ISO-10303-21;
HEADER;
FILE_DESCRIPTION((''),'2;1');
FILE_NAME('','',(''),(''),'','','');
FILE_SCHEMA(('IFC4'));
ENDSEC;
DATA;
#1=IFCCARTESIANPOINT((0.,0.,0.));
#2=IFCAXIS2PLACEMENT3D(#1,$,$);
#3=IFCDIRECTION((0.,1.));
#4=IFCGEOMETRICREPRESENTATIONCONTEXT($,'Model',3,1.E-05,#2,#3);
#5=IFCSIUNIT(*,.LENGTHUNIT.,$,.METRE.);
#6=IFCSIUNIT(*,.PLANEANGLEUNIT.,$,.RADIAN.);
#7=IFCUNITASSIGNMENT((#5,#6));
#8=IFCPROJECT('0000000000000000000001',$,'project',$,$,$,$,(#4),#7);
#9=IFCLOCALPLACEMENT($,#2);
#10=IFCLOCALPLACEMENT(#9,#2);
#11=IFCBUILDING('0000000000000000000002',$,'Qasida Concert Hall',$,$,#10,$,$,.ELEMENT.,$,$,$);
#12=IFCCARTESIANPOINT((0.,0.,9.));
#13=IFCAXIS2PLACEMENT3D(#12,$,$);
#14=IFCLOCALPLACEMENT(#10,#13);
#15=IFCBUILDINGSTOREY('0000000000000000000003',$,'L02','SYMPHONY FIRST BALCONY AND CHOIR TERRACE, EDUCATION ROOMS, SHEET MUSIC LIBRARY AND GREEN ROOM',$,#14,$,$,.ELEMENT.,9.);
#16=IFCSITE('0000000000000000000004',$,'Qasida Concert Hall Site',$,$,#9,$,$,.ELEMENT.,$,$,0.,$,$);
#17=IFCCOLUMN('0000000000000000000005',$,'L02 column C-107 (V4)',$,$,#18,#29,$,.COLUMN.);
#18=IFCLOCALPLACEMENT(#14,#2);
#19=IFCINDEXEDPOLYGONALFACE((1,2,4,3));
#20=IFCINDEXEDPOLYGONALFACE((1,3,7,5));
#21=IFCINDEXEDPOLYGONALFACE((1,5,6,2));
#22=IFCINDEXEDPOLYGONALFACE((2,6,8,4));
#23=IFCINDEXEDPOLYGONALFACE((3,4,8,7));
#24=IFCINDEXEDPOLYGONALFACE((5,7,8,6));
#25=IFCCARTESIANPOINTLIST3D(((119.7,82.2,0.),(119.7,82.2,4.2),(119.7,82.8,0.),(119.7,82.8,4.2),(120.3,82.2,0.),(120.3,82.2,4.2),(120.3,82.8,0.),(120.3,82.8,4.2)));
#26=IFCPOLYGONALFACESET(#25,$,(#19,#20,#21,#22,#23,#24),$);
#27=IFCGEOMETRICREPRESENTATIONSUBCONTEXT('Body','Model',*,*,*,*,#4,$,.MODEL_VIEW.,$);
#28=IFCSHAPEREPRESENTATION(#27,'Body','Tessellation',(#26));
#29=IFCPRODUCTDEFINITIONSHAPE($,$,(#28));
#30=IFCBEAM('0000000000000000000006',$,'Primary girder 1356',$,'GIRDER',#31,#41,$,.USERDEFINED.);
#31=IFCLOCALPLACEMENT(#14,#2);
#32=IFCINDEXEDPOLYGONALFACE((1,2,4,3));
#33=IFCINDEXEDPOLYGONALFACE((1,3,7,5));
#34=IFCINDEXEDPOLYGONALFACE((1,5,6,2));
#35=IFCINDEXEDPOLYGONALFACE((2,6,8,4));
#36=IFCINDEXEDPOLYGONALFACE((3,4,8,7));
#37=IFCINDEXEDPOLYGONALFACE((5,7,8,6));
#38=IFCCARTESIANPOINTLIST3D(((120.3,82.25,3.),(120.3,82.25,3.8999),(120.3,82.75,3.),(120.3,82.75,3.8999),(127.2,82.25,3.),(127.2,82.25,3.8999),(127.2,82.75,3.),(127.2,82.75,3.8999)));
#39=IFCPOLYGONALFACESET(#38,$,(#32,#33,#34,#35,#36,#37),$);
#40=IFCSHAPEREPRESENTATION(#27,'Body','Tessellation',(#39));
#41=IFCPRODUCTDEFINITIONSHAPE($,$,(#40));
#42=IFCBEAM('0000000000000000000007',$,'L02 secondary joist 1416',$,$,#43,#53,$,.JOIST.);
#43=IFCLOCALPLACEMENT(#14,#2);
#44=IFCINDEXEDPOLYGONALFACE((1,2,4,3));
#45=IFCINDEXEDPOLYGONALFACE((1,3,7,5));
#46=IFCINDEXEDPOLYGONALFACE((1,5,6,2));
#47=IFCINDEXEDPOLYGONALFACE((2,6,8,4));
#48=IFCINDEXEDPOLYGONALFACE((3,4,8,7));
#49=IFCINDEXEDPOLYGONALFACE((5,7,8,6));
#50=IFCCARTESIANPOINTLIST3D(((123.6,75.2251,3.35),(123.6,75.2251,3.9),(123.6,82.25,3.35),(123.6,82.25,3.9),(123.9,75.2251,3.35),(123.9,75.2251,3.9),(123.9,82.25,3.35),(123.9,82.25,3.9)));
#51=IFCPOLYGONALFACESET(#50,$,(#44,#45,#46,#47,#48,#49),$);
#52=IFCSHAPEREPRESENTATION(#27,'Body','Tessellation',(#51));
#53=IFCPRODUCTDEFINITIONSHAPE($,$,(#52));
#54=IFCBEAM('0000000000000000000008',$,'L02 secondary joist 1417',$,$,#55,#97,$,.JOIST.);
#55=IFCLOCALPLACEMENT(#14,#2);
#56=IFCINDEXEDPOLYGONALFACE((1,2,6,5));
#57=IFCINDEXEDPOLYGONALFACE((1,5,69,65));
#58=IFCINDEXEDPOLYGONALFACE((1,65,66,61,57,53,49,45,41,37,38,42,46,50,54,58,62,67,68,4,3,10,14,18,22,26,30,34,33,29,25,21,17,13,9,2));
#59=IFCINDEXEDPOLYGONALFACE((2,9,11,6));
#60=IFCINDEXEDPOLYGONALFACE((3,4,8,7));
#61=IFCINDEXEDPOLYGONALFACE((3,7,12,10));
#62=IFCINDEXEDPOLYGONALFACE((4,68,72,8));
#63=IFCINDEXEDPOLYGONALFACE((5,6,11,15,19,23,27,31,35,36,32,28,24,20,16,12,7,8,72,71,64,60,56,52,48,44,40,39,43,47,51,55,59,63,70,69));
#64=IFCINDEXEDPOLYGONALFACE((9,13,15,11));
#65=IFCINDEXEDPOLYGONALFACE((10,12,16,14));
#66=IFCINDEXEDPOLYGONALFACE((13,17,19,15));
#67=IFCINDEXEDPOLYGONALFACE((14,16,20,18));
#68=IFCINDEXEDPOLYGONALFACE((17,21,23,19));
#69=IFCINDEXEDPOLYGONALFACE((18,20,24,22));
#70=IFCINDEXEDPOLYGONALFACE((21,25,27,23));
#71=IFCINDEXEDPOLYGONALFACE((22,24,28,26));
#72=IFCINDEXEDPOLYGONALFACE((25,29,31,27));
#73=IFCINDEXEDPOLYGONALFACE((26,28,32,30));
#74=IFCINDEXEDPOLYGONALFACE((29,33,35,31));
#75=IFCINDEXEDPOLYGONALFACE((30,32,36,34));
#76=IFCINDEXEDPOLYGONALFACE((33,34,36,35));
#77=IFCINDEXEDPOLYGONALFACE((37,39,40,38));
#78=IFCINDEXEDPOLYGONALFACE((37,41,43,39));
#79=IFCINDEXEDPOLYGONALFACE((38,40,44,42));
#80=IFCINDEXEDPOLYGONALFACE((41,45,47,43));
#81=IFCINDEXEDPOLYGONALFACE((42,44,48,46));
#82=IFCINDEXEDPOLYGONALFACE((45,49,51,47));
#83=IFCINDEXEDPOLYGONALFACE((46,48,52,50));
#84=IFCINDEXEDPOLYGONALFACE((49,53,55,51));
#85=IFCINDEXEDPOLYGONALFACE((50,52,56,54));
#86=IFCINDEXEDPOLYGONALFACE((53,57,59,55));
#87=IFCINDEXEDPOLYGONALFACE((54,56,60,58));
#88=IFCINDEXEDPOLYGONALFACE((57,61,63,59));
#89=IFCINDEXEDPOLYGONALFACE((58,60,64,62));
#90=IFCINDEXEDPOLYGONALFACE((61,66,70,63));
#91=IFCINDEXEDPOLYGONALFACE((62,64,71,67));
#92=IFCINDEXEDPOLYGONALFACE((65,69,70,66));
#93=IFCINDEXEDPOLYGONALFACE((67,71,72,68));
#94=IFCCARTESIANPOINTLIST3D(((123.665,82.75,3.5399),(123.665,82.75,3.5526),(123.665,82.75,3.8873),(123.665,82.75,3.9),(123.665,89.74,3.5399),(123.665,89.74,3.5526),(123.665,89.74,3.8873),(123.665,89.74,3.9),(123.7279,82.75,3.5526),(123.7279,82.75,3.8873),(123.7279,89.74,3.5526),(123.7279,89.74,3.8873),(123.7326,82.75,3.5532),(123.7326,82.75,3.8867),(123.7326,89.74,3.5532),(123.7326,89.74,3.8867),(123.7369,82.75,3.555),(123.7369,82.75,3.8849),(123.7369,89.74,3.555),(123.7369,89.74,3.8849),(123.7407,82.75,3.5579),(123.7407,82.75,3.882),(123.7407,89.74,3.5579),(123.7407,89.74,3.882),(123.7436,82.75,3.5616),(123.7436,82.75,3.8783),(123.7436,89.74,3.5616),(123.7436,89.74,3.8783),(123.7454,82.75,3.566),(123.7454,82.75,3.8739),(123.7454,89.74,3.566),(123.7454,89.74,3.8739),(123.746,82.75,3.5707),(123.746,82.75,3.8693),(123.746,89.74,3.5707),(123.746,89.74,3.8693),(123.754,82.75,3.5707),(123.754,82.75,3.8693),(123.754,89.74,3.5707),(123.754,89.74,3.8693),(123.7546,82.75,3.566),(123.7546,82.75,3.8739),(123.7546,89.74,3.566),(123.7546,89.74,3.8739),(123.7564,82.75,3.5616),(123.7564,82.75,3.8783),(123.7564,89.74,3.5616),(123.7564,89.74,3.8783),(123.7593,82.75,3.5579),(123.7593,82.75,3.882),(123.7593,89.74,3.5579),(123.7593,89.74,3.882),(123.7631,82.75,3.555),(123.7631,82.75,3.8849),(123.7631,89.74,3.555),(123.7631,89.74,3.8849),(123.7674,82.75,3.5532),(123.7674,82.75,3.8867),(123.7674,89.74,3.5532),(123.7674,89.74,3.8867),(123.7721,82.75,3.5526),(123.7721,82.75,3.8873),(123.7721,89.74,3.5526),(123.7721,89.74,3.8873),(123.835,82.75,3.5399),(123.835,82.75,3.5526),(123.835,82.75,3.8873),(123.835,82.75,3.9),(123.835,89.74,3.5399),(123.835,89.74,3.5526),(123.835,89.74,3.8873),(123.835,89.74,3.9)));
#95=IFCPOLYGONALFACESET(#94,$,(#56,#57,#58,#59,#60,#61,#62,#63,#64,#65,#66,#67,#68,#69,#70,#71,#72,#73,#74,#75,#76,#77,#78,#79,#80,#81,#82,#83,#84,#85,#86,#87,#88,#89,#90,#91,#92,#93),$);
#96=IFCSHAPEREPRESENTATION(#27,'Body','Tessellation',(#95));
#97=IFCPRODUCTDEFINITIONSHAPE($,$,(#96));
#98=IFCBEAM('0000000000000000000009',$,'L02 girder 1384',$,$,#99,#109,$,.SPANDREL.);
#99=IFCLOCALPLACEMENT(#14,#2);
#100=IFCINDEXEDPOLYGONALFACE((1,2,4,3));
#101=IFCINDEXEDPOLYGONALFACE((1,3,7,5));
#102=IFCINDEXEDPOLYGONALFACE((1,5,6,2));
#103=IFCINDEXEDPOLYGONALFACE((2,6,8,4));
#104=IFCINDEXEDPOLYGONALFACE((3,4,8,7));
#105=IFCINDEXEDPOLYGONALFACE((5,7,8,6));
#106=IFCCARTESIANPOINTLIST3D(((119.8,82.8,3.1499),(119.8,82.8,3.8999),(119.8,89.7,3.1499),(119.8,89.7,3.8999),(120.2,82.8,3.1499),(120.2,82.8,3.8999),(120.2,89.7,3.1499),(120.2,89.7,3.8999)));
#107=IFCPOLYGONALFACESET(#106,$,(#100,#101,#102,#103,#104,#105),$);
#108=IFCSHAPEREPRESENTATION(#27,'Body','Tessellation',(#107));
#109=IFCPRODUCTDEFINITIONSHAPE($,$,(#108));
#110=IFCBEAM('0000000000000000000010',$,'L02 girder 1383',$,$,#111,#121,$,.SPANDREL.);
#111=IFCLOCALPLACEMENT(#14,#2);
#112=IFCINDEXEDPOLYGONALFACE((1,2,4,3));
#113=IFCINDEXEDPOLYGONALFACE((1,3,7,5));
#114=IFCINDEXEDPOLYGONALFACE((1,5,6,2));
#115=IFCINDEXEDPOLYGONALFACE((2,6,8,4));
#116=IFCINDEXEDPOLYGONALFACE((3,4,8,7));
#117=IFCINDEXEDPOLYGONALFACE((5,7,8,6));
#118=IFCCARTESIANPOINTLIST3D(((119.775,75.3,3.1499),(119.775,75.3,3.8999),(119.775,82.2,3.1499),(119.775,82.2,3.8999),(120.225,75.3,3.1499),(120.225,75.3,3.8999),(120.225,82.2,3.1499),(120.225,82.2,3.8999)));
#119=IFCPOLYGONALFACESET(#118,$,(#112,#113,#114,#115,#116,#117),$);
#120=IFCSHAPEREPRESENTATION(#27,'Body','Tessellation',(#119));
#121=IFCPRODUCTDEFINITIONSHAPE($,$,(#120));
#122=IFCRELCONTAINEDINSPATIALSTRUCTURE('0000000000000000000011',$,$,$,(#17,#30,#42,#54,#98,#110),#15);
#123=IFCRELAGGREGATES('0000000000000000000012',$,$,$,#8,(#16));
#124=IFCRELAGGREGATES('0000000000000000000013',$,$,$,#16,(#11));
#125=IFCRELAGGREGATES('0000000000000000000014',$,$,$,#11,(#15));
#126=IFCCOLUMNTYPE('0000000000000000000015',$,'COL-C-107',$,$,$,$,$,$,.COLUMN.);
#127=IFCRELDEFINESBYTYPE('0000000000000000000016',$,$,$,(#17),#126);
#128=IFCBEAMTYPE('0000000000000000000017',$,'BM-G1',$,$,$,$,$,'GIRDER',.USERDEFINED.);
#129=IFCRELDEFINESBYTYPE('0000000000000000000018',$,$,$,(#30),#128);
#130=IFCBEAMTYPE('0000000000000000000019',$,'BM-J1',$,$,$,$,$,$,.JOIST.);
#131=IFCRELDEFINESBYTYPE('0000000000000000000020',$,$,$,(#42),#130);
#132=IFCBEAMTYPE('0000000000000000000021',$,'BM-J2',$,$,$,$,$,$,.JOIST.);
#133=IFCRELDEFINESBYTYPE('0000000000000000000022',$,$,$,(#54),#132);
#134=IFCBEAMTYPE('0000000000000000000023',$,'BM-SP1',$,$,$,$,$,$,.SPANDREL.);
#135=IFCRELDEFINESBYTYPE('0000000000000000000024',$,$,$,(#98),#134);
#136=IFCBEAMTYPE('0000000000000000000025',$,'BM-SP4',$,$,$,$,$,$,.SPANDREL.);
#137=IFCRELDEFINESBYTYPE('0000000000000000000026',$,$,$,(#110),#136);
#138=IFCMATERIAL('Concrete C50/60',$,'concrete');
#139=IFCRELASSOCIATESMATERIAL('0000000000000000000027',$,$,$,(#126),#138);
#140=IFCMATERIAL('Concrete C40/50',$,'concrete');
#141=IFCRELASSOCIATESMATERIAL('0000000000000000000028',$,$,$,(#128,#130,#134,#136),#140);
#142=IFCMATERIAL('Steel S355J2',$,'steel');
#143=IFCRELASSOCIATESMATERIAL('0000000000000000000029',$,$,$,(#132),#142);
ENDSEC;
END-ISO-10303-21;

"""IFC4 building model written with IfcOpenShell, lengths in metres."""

from ifc_helpers import new_model, si_unit, direction, frame, origin, origin_2d, place, context, subcontext, project, spatial, rectangle, i_section, extrude, material, material_profile, profile_set, type_object, element, save


model = new_model("IFC4")

# Units and contexts
model_context = context("Model", 3, precision=1e-05, world=origin(), true_north=direction((0.0, 1.0)))
body_context = subcontext(model_context, "Body", "Model", "MODEL_VIEW")
ifc_project = project(units=[si_unit("LENGTHUNIT", "METRE"), si_unit("PLANEANGLEUNIT", "RADIAN")], contexts=[model_context])

# Site, building, storey
site_placement = place(None, origin())
site = spatial("IfcSite", under=ifc_project, at=site_placement, Name="Qasida Concert Hall Site", CompositionType="ELEMENT", RefElevation=0.0)
building_placement = place(site_placement, origin())
building = spatial("IfcBuilding", under=site, at=building_placement, Name="Qasida Concert Hall", CompositionType="ELEMENT")
storey_placement = place(building_placement, frame((0.0, 0.0, 9.0)))
storey = spatial("IfcBuildingStorey", under=building, at=storey_placement, Name="L02", Description="SYMPHONY FIRST BALCONY AND CHOIR TERRACE, EDUCATION ROOMS, SHEET MUSIC LIBRARY AND GREEN ROOM", CompositionType="ELEMENT", Elevation=9.0)

# Column
ifc_material_1 = material(Name="Concrete C50/60", Category="concrete")
ifc_material_profile_1 = material_profile(ifc_material_1, rectangle(XDim=0.6001, YDim=0.6001, at=origin_2d()), Name="RC 600x600")
ifc_profile_set_1 = profile_set([ifc_material_profile_1], Name="Concrete C50/60")
column_type = type_object("IfcColumnType", Name="COL-C-107", PredefinedType="COLUMN", material=ifc_profile_set_1)
column_placement = place(storey_placement, frame((120.0, 82.5, 0.0), z_axis=(0.0, 0.0, 1.0), x_axis=(1.0, 0.0, 0.0)))
element("IfcColumn", 1, at=column_placement, inside=storey, type_object=column_type, Name="L02 column C-107 (V4)", PredefinedType="COLUMN", context=body_context, shape_type="SweptSolid", body=[
    extrude(rectangle(XDim=0.6001, YDim=0.6001, at=origin_2d()), origin(), (0.0, 0.0, 1.0), 4.2),
])

# Beams
ifc_material_2 = material(Name="Concrete C40/50", Category="concrete")
ifc_material_profile_2 = material_profile(ifc_material_2, rectangle(XDim=0.5, YDim=0.8999, at=origin_2d()), Name="RC 500x900")
ifc_profile_set_2 = profile_set([ifc_material_profile_2], Name="Concrete C40/50")
beam_type_1 = type_object("IfcBeamType", Name="BM-G1", ElementType="GIRDER", PredefinedType="USERDEFINED", material=ifc_profile_set_2)
beam_1_placement = place(storey_placement, frame((120.3, 82.5, 3.45), z_axis=(1.0, 0.0, 0.0), x_axis=(0.0, 1.0, 0.0)))
element("IfcBeam", 2, at=beam_1_placement, inside=storey, type_object=beam_type_1, Name="Primary girder 1356", ObjectType="GIRDER", PredefinedType="USERDEFINED", context=body_context, shape_type="SweptSolid", body=[
    extrude(rectangle(XDim=0.5, YDim=0.8999, at=origin_2d()), origin(), (0.0, 0.0, 1.0), 6.8999),
])
ifc_material_profile_3 = material_profile(ifc_material_2, rectangle(XDim=0.3, YDim=0.55, at=origin_2d()), Name="RC 300x550")
ifc_profile_set_3 = profile_set([ifc_material_profile_3], Name="Concrete C40/50")
beam_type_2 = type_object("IfcBeamType", Name="BM-J1", PredefinedType="JOIST", material=ifc_profile_set_3)
beam_2_placement = place(storey_placement, frame((123.75, 75.2251, 3.625), z_axis=(0.0, 1.0, 0.0), x_axis=(-1.0, 0.0, 0.0)))
element("IfcBeam", 3, at=beam_2_placement, inside=storey, type_object=beam_type_2, Name="L02 secondary joist 1416", PredefinedType="JOIST", context=body_context, shape_type="SweptSolid", body=[
    extrude(rectangle(XDim=0.3, YDim=0.55, at=origin_2d()), origin(), (0.0, 0.0, 1.0), 7.0249),
])
ifc_material_3 = material(Name="Steel S355J2", Category="steel")
ifc_material_profile_4 = material_profile(ifc_material_3, i_section(OverallWidth=0.1699, OverallDepth=0.3601, WebThickness=0.0081, FlangeThickness=0.0127, FilletRadius=0.0181, at=origin_2d()), Name="IPE 360")
ifc_profile_set_4 = profile_set([ifc_material_profile_4], Name="Steel S355J2")
beam_type_3 = type_object("IfcBeamType", Name="BM-J2", PredefinedType="JOIST", material=ifc_profile_set_4)
beam_3_placement = place(storey_placement, frame((123.75, 82.75, 3.72), z_axis=(0.0, 1.0, 0.0), x_axis=(-1.0, 0.0, 0.0)))
element("IfcBeam", 4, at=beam_3_placement, inside=storey, type_object=beam_type_3, Name="L02 secondary joist 1417", PredefinedType="JOIST", context=body_context, shape_type="SweptSolid", body=[
    extrude(i_section(OverallWidth=0.1699, OverallDepth=0.3601, WebThickness=0.0081, FlangeThickness=0.0127, FilletRadius=0.0181, at=origin_2d()), origin(), (0.0, 0.0, 1.0), 6.99),
])
ifc_material_profile_5 = material_profile(ifc_material_2, rectangle(XDim=0.3999, YDim=0.75, at=origin_2d()), Name="RC 400x750")
ifc_profile_set_5 = profile_set([ifc_material_profile_5], Name="Concrete C40/50")
beam_type_4 = type_object("IfcBeamType", Name="BM-SP1", PredefinedType="SPANDREL", material=ifc_profile_set_5)
beam_4_placement = place(storey_placement, frame((120.0, 82.8, 3.5249), z_axis=(0.0, 1.0, 0.0), x_axis=(-1.0, 0.0, 0.0)))
element("IfcBeam", 5, at=beam_4_placement, inside=storey, type_object=beam_type_4, Name="L02 girder 1384", PredefinedType="SPANDREL", context=body_context, shape_type="SweptSolid", body=[
    extrude(rectangle(XDim=0.3999, YDim=0.75, at=origin_2d()), origin(), (0.0, 0.0, 1.0), 6.8999),
])
ifc_material_profile_6 = material_profile(ifc_material_2, rectangle(XDim=0.45, YDim=0.75, at=origin_2d()), Name="RC 450x750")
ifc_profile_set_6 = profile_set([ifc_material_profile_6], Name="Concrete C40/50")
beam_type_5 = type_object("IfcBeamType", Name="BM-SP4", PredefinedType="SPANDREL", material=ifc_profile_set_6)
beam_5_placement = place(storey_placement, frame((120.0, 75.3, 3.5249), z_axis=(0.0, 1.0, 0.0), x_axis=(-1.0, 0.0, 0.0)))
element("IfcBeam", 6, at=beam_5_placement, inside=storey, type_object=beam_type_5, Name="L02 girder 1383", PredefinedType="SPANDREL", context=body_context, shape_type="SweptSolid", body=[
    extrude(rectangle(XDim=0.45, YDim=0.75, at=origin_2d()), origin(), (0.0, 0.0, 1.0), 6.8999),
])

save(model, "model.ifc")
